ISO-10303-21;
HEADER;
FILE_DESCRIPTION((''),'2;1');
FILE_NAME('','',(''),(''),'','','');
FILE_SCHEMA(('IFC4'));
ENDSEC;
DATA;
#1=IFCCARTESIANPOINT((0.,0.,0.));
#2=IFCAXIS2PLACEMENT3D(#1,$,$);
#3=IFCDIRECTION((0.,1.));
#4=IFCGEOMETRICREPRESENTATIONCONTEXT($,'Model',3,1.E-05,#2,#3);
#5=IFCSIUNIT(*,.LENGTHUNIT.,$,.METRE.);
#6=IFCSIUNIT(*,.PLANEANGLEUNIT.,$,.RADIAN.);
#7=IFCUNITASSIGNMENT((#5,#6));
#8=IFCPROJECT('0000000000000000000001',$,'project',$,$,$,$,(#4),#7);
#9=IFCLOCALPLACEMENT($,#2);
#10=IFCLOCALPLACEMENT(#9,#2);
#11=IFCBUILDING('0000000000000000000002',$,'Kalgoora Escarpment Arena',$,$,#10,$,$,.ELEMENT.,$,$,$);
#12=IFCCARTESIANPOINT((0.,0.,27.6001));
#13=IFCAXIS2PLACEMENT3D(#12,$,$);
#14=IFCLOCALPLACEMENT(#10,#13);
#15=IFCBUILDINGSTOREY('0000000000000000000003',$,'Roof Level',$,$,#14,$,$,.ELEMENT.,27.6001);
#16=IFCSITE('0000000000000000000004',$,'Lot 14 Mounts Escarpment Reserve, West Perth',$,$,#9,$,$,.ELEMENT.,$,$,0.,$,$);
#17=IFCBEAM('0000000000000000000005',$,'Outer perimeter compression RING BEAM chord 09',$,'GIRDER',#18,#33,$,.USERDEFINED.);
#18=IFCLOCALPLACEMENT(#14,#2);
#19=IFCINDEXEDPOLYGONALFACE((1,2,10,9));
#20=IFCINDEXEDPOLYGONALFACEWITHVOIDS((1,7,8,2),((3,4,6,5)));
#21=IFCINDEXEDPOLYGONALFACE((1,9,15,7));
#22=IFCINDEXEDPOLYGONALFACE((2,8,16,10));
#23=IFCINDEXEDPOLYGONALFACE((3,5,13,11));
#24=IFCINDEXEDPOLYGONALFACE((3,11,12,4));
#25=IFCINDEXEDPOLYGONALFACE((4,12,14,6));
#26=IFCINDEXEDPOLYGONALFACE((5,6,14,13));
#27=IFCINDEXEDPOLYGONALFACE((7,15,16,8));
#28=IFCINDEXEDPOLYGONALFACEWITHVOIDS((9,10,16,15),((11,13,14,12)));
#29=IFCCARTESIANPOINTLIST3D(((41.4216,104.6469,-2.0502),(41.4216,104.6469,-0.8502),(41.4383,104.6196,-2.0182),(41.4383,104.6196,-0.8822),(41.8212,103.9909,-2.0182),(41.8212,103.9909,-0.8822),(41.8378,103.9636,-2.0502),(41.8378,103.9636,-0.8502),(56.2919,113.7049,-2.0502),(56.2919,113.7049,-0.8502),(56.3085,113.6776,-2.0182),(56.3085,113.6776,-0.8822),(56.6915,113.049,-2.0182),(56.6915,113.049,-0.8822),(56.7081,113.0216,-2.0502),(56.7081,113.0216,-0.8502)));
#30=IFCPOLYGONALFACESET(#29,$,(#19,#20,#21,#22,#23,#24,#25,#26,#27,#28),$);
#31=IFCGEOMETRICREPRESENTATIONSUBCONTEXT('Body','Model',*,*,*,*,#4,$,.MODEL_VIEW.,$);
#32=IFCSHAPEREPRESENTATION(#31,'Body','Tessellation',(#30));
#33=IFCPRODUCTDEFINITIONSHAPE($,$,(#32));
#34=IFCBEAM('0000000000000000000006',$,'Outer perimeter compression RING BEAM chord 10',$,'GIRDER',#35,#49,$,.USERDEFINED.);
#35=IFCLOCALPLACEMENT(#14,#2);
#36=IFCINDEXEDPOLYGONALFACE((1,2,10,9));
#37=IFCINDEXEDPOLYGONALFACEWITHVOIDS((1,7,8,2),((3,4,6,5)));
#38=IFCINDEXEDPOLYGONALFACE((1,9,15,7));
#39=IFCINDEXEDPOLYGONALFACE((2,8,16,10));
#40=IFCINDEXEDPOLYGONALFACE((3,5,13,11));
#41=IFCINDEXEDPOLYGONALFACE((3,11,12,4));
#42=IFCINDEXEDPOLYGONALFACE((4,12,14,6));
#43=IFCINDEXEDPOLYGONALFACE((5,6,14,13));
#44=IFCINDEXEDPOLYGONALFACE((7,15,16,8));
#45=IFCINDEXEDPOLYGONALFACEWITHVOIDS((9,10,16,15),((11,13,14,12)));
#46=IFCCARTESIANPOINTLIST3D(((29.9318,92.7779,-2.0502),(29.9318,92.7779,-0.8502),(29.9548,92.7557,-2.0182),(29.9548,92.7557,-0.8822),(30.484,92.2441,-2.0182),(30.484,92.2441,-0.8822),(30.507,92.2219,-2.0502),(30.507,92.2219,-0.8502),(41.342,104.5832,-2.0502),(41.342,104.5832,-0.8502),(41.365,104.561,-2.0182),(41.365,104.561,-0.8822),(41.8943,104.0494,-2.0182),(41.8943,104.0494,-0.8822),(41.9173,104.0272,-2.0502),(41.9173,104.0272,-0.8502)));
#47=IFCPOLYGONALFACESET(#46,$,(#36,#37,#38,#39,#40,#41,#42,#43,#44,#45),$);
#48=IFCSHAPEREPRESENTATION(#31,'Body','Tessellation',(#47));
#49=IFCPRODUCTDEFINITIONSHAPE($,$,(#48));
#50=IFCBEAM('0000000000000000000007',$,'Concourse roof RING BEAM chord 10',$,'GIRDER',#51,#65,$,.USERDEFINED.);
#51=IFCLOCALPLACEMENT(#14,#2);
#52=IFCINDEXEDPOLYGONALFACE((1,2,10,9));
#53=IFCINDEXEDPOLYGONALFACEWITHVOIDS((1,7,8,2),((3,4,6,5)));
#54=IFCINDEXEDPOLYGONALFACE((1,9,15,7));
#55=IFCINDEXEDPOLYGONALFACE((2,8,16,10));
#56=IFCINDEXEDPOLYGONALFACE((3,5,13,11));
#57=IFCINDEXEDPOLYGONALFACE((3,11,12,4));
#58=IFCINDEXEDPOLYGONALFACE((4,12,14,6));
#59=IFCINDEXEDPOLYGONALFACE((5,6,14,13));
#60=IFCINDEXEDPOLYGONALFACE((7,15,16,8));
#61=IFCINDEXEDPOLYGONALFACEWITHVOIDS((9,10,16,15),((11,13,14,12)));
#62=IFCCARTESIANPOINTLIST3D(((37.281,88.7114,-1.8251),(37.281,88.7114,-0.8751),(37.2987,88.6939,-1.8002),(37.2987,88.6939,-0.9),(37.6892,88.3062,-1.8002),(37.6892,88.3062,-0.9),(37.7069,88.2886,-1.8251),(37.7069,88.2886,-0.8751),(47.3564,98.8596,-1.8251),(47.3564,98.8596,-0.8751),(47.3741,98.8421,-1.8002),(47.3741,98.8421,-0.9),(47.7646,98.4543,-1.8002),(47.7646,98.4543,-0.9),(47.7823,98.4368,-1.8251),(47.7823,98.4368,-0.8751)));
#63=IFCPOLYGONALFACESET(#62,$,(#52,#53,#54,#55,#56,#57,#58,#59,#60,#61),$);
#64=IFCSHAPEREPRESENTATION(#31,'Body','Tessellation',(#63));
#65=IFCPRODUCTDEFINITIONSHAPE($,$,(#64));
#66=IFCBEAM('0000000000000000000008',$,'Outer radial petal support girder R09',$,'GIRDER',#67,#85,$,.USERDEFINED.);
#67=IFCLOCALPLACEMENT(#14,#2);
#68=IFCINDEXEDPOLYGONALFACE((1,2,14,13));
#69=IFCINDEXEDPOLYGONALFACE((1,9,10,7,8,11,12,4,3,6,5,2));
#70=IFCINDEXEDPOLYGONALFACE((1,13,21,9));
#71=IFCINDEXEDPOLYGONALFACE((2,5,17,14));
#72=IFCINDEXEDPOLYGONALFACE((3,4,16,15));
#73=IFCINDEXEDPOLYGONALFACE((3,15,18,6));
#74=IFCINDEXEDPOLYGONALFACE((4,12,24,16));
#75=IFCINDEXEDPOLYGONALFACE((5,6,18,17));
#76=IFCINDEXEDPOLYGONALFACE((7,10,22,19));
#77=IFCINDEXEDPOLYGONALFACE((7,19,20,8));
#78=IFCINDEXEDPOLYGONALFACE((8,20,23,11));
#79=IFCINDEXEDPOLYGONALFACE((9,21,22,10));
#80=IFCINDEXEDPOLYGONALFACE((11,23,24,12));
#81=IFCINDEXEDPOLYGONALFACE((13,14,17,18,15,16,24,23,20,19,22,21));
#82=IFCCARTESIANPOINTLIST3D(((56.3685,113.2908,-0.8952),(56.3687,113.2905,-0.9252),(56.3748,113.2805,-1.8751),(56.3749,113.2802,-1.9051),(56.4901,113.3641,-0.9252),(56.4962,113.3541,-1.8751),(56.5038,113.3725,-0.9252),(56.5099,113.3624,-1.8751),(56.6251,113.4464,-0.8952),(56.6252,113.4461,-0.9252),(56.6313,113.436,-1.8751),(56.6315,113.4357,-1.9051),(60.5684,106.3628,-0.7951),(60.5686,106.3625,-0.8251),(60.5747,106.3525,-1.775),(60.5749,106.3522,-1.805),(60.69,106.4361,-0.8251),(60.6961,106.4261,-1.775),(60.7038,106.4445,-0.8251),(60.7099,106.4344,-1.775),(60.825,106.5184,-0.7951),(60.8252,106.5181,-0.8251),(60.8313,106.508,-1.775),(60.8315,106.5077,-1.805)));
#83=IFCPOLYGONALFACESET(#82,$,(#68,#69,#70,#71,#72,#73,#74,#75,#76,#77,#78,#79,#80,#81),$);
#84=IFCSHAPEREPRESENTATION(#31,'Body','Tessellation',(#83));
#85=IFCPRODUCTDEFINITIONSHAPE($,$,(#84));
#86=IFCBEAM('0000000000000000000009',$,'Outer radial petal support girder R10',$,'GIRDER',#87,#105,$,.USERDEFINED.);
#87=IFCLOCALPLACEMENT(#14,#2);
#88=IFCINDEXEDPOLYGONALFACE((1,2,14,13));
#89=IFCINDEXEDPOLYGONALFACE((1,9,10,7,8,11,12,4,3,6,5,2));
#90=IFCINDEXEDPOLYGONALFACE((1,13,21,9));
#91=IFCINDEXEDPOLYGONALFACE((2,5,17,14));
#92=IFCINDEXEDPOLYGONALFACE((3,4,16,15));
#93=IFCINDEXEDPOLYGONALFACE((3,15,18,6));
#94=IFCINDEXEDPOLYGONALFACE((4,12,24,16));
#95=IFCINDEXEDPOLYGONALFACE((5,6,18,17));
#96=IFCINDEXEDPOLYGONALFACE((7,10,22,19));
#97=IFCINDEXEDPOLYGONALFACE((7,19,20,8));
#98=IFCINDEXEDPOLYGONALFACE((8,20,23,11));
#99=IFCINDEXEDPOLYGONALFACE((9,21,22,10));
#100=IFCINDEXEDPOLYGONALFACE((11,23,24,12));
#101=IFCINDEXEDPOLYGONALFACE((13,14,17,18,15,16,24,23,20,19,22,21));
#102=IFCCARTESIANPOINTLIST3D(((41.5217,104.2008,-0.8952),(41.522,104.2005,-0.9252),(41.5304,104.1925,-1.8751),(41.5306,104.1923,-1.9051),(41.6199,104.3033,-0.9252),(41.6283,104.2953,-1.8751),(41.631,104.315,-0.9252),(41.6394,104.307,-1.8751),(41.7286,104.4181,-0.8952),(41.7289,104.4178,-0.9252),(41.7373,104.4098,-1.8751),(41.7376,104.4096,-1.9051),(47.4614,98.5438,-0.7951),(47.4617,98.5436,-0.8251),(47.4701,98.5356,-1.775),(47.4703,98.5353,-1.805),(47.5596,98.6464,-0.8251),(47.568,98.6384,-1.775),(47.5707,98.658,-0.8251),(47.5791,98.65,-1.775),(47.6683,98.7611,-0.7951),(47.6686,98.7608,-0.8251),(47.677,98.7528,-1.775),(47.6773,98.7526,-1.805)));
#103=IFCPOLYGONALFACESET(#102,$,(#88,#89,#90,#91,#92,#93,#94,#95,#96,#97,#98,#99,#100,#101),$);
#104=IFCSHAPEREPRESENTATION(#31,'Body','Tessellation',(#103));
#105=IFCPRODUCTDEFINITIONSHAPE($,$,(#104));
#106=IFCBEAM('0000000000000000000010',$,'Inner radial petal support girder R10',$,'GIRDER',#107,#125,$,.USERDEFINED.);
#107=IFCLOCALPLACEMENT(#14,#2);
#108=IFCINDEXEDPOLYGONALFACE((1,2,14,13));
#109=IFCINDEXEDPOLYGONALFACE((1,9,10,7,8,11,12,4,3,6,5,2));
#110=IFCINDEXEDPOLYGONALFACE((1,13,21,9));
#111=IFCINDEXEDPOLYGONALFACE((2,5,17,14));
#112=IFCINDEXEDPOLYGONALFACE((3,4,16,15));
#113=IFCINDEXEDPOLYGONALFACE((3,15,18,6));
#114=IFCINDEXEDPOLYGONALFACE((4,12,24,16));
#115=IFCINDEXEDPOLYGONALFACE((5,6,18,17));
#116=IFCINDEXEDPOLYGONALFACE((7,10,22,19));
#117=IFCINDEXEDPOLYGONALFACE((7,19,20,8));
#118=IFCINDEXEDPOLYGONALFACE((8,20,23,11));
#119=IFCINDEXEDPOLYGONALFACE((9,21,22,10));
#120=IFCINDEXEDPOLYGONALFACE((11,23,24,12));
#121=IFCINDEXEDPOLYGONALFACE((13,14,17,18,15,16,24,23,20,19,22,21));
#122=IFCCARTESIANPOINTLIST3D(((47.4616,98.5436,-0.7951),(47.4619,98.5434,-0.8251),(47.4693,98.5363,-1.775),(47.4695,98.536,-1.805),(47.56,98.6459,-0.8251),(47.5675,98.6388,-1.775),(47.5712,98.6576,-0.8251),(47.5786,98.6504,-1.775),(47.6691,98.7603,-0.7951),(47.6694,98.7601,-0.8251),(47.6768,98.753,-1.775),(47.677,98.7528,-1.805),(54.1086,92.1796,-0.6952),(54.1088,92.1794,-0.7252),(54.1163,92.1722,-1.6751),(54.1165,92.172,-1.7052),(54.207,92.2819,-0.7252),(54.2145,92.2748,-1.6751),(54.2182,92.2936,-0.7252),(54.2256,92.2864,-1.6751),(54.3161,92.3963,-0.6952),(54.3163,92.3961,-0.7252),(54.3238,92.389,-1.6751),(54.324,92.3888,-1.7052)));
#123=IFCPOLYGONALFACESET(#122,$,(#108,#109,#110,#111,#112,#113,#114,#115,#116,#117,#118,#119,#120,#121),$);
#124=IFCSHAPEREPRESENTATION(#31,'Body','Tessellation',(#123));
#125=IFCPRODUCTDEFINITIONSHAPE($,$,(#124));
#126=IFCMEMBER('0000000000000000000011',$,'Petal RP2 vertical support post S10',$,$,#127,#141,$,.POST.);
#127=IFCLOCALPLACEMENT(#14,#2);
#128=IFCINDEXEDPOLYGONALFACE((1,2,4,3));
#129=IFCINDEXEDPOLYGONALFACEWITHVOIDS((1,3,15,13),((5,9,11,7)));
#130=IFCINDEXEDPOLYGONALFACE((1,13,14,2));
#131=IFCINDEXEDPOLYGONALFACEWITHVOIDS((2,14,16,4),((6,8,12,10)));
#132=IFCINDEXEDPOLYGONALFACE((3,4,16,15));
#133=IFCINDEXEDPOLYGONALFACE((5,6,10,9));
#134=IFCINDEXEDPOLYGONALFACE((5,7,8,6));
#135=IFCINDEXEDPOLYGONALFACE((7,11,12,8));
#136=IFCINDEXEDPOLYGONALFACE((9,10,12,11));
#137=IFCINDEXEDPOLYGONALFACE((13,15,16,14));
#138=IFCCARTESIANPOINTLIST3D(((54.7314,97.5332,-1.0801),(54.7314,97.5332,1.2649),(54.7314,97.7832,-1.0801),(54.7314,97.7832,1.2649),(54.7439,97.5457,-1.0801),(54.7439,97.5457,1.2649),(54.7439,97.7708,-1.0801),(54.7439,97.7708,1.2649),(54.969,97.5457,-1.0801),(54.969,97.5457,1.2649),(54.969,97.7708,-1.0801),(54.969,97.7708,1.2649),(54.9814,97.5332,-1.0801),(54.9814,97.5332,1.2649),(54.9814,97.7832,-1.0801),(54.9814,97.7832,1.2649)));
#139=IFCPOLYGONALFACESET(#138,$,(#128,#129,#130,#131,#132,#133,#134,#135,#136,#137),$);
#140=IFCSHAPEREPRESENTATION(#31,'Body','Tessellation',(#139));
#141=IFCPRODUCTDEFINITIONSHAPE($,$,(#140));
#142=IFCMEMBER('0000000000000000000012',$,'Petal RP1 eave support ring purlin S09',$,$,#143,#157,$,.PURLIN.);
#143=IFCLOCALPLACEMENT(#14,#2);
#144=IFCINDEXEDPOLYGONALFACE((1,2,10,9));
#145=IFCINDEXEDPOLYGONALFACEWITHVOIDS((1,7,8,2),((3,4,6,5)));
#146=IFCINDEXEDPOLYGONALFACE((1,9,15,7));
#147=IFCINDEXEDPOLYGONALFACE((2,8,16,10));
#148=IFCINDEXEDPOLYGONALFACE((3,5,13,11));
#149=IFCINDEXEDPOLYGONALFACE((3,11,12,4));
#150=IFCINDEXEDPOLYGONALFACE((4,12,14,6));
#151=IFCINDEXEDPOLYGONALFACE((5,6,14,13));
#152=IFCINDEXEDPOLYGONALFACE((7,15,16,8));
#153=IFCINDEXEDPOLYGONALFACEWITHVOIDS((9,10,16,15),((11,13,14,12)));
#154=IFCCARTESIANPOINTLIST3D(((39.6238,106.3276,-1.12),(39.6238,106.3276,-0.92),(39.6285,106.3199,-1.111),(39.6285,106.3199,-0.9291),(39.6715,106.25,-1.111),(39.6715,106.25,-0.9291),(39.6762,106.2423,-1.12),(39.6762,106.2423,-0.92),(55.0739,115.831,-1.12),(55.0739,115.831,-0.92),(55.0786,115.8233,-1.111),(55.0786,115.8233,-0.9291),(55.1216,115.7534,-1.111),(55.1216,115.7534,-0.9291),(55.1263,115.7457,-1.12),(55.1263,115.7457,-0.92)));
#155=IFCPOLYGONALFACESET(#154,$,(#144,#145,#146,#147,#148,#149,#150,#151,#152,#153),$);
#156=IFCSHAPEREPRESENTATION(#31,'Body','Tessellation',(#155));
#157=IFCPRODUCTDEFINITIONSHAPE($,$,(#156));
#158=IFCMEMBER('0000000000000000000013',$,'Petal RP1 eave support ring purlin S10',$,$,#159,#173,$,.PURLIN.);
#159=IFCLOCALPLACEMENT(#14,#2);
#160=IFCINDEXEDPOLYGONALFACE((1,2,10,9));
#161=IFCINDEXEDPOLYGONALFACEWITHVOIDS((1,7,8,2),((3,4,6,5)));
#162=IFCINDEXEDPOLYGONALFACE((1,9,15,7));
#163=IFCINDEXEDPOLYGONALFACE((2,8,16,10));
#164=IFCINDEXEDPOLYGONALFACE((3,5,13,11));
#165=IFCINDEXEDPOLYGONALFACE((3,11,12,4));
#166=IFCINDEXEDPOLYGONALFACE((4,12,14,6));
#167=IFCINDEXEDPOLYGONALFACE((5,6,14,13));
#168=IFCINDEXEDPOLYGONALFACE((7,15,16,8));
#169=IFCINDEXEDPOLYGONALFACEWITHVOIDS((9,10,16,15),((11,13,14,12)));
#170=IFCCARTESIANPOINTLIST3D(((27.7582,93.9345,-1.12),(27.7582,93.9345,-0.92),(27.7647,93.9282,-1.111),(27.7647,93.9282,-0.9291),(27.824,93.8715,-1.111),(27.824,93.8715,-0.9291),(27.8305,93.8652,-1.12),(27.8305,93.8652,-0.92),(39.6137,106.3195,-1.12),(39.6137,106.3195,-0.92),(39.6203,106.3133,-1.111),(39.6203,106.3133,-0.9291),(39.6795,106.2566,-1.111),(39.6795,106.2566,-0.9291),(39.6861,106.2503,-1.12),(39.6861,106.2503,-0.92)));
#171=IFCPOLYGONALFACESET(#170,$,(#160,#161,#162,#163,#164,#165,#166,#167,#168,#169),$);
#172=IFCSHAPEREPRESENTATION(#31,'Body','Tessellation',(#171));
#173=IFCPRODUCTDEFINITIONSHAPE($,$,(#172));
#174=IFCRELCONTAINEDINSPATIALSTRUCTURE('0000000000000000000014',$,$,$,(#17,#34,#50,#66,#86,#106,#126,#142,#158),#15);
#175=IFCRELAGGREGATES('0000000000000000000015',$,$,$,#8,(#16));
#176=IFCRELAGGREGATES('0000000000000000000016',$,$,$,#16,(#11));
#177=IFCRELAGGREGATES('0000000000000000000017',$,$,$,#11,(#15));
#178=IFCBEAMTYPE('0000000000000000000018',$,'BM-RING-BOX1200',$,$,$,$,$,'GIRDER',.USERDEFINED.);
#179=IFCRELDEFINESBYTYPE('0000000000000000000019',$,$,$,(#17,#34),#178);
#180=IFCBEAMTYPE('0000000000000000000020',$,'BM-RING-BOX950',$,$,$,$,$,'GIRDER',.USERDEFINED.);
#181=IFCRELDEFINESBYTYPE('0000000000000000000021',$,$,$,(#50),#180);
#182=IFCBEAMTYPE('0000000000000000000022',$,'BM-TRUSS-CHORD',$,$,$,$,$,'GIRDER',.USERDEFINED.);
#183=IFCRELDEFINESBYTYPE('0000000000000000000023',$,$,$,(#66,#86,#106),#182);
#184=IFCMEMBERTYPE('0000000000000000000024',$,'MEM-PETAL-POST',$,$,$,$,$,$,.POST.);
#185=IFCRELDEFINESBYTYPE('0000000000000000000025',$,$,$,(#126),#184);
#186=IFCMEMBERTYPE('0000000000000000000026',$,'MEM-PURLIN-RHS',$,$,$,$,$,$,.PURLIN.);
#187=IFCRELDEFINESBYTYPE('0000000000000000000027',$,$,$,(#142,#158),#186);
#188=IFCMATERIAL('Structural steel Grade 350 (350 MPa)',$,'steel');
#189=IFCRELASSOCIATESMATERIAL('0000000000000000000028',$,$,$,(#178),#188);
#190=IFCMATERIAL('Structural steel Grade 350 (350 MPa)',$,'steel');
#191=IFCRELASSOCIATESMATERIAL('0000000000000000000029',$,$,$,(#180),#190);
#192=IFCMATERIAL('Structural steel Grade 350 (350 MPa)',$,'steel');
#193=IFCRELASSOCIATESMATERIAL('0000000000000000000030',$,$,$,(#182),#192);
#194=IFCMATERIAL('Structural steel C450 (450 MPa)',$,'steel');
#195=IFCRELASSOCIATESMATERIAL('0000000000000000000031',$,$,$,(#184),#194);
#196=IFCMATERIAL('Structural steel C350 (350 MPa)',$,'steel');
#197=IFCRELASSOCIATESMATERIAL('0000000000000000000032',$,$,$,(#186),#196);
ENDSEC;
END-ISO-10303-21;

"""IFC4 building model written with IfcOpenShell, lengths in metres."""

from ifc_helpers import new_model, si_unit, direction, frame, origin, origin_2d, place, context, subcontext, project, spatial, hollow_rectangle, i_section, extrude, material, material_profile, profile_set, type_object, element, save


model = new_model("IFC4")

# Units and contexts
model_context = context("Model", 3, precision=1e-05, world=origin(), true_north=direction((0.0, 1.0)))
body_context = subcontext(model_context, "Body", "Model", "MODEL_VIEW")
ifc_project = project(units=[si_unit("LENGTHUNIT", "METRE"), si_unit("PLANEANGLEUNIT", "RADIAN")], contexts=[model_context])

# Site, building, storey
site_placement = place(None, origin())
site = spatial("IfcSite", under=ifc_project, at=site_placement, Name="Lot 14 Mounts Escarpment Reserve, West Perth", CompositionType="ELEMENT", RefElevation=0.0)
building_placement = place(site_placement, origin())
building = spatial("IfcBuilding", under=site, at=building_placement, Name="Kalgoora Escarpment Arena", CompositionType="ELEMENT")
storey_placement = place(building_placement, frame((0.0, 0.0, 27.6001)))
storey = spatial("IfcBuildingStorey", under=building, at=storey_placement, Name="Roof Level", CompositionType="ELEMENT", Elevation=27.6001)

# Beams
ifc_material_1 = material(Name="Structural steel Grade 350 (350 MPa)", Category="steel")
ifc_material_profile_1 = material_profile(ifc_material_1, hollow_rectangle(XDim=0.8, YDim=1.2, WallThickness=0.032, at=origin_2d()))
ifc_profile_set_1 = profile_set([ifc_material_profile_1], Name="Structural steel Grade 350 (350 MPa)")
beam_type_1 = type_object("IfcBeamType", Name="BM-RING-BOX1200", ElementType="GIRDER", PredefinedType="USERDEFINED", material=ifc_profile_set_1)
beam_1_placement = place(storey_placement, frame((56.5, 113.3633, -1.4502), z_axis=(-0.854031, -0.520223, 0.0), x_axis=(0.520223, -0.854031, 0.0)))
element("IfcBeam", 1, at=beam_1_placement, inside=storey, type_object=beam_type_1, Name="Outer perimeter compression RING BEAM chord 09", ObjectType="GIRDER", PredefinedType="USERDEFINED", context=body_context, shape_type="SweptSolid", body=[
    extrude(hollow_rectangle(XDim=0.8, YDim=1.2, WallThickness=0.032, at=origin_2d()), origin(), (0.0, 0.0, 1.0), 17.4119),
])
beam_2_placement = place(storey_placement, frame((41.6296, 104.3052, -1.4502), z_axis=(-0.694974, -0.719034, 0.0), x_axis=(0.719034, -0.694974, 0.0)))
element("IfcBeam", 2, at=beam_2_placement, inside=storey, type_object=beam_type_1, Name="Outer perimeter compression RING BEAM chord 10", ObjectType="GIRDER", PredefinedType="USERDEFINED", context=body_context, shape_type="SweptSolid", body=[
    extrude(hollow_rectangle(XDim=0.8, YDim=1.2, WallThickness=0.032, at=origin_2d()), origin(), (0.0, 0.0, 1.0), 16.4182),
])
ifc_material_2 = material(Name="Structural steel Grade 350 (350 MPa)", Category="steel")
ifc_material_profile_2 = material_profile(ifc_material_2, hollow_rectangle(XDim=0.6001, YDim=0.95, WallThickness=0.0249, at=origin_2d()))
ifc_profile_set_2 = profile_set([ifc_material_profile_2], Name="Structural steel Grade 350 (350 MPa)")
beam_type_2 = type_object("IfcBeamType", Name="BM-RING-BOX950", ElementType="GIRDER", PredefinedType="USERDEFINED", material=ifc_profile_set_2)
beam_3_placement = place(storey_placement, frame((47.5693, 98.6482, -1.3501), z_axis=(-0.704558, -0.709646, 0.0), x_axis=(0.709646, -0.704558, 0.0)))
element("IfcBeam", 3, at=beam_3_placement, inside=storey, type_object=beam_type_2, Name="Concourse roof RING BEAM chord 10", ObjectType="GIRDER", PredefinedType="USERDEFINED", context=body_context, shape_type="SweptSolid", body=[
    extrude(hollow_rectangle(XDim=0.6001, YDim=0.95, WallThickness=0.0249, at=origin_2d()), origin(), (0.0, 0.0, 1.0), 14.3003),
])
ifc_material_3 = material(Name="Structural steel Grade 350 (350 MPa)", Category="steel")
ifc_material_profile_3 = material_profile(ifc_material_3, i_section(OverallWidth=0.3, OverallDepth=1.01, WebThickness=0.0161, FlangeThickness=0.03, at=origin_2d()))
ifc_profile_set_3 = profile_set([ifc_material_profile_3], Name="Structural steel Grade 350 (350 MPa)")
beam_type_3 = type_object("IfcBeamType", Name="BM-TRUSS-CHORD", ElementType="GIRDER", PredefinedType="USERDEFINED", material=ifc_profile_set_3)
beam_4_placement = place(storey_placement, frame((56.5, 113.3633, -1.4001), z_axis=(0.518368, -0.855068, 0.012354), x_axis=(0.855133, 0.518408, 0.0)))
element("IfcBeam", 4, at=beam_4_placement, inside=storey, type_object=beam_type_3, Name="Outer radial petal support girder R09", ObjectType="GIRDER", PredefinedType="USERDEFINED", context=body_context, shape_type="SweptSolid", body=[
    extrude(i_section(OverallWidth=0.3, OverallDepth=1.01, WebThickness=0.0161, FlangeThickness=0.03, at=origin_2d()), origin(), (0.0, 0.0, 1.0), 8.1023),
])
beam_5_placement = place(storey_placement, frame((41.6296, 104.3052, -1.4001), z_axis=(0.724076, -0.689612, 0.012202), x_axis=(0.689663, 0.72413, 0.0)))
element("IfcBeam", 5, at=beam_5_placement, inside=storey, type_object=beam_type_3, Name="Outer radial petal support girder R10", ObjectType="GIRDER", PredefinedType="USERDEFINED", context=body_context, shape_type="SweptSolid", body=[
    extrude(i_section(OverallWidth=0.3, OverallDepth=1.01, WebThickness=0.0161, FlangeThickness=0.03, at=origin_2d()), origin(), (0.0, 0.0, 1.0), 8.2031),
])
beam_6_placement = place(storey_placement, frame((47.5693, 98.6482, -1.3), z_axis=(0.722271, -0.691525, 0.01085), x_axis=(0.691565, 0.722314, 0.0)))
element("IfcBeam", 6, at=beam_6_placement, inside=storey, type_object=beam_type_3, Name="Inner radial petal support girder R10", ObjectType="GIRDER", PredefinedType="USERDEFINED", context=body_context, shape_type="SweptSolid", body=[
    extrude(i_section(OverallWidth=0.3, OverallDepth=1.01, WebThickness=0.0161, FlangeThickness=0.03, at=origin_2d()), origin(), (0.0, 0.0, 1.0), 9.2029),
])

# Members
ifc_material_4 = material(Name="Structural steel C450 (450 MPa)", Category="steel")
ifc_material_profile_4 = material_profile(ifc_material_4, hollow_rectangle(XDim=0.25, YDim=0.25, WallThickness=0.0125, at=origin_2d()))
ifc_profile_set_4 = profile_set([ifc_material_profile_4], Name="Structural steel C450 (450 MPa)")
member_type_1 = type_object("IfcMemberType", Name="MEM-PETAL-POST", PredefinedType="POST", material=ifc_profile_set_4)
member_1_placement = place(storey_placement, frame((54.8564, 97.6582, -1.0801), z_axis=(0.0, 0.0, 1.0), x_axis=(1.0, 0.0, 0.0)))
element("IfcMember", 7, at=member_1_placement, inside=storey, type_object=member_type_1, Name="Petal RP2 vertical support post S10", PredefinedType="POST", context=body_context, shape_type="SweptSolid", body=[
    extrude(hollow_rectangle(XDim=0.25, YDim=0.25, WallThickness=0.0125, at=origin_2d()), origin(), (0.0, 0.0, 1.0), 2.345),
])
ifc_material_5 = material(Name="Structural steel C350 (350 MPa)", Category="steel")
ifc_material_profile_5 = material_profile(ifc_material_5, hollow_rectangle(XDim=0.1001, YDim=0.2, WallThickness=0.009, at=origin_2d()))
ifc_profile_set_5 = profile_set([ifc_material_profile_5], Name="Structural steel C350 (350 MPa)")
member_type_2 = type_object("IfcMemberType", Name="MEM-PURLIN-RHS", PredefinedType="PURLIN", material=ifc_profile_set_5)
member_2_placement = place(storey_placement, frame((55.1001, 115.7883, -1.02), z_axis=(-0.851766, -0.523922, 0.0), x_axis=(0.523922, -0.851766, 0.0)))
element("IfcMember", 8, at=member_2_placement, inside=storey, type_object=member_type_2, Name="Petal RP1 eave support ring purlin S09", PredefinedType="PURLIN", context=body_context, shape_type="SweptSolid", body=[
    extrude(hollow_rectangle(XDim=0.1001, YDim=0.2, WallThickness=0.009, at=origin_2d()), origin(), (0.0, 0.0, 1.0), 18.1389),
])
member_3_placement = place(storey_placement, frame((39.6499, 106.2849, -1.02), z_axis=(-0.691495, -0.722381, 0.0), x_axis=(0.722381, -0.691495, 0.0)))
element("IfcMember", 9, at=member_3_placement, inside=storey, type_object=member_type_2, Name="Petal RP1 eave support ring purlin S10", PredefinedType="PURLIN", context=body_context, shape_type="SweptSolid", body=[
    extrude(hollow_rectangle(XDim=0.1001, YDim=0.2, WallThickness=0.009, at=origin_2d()), origin(), (0.0, 0.0, 1.0), 17.1448),
])

save(model, "model.ifc")
